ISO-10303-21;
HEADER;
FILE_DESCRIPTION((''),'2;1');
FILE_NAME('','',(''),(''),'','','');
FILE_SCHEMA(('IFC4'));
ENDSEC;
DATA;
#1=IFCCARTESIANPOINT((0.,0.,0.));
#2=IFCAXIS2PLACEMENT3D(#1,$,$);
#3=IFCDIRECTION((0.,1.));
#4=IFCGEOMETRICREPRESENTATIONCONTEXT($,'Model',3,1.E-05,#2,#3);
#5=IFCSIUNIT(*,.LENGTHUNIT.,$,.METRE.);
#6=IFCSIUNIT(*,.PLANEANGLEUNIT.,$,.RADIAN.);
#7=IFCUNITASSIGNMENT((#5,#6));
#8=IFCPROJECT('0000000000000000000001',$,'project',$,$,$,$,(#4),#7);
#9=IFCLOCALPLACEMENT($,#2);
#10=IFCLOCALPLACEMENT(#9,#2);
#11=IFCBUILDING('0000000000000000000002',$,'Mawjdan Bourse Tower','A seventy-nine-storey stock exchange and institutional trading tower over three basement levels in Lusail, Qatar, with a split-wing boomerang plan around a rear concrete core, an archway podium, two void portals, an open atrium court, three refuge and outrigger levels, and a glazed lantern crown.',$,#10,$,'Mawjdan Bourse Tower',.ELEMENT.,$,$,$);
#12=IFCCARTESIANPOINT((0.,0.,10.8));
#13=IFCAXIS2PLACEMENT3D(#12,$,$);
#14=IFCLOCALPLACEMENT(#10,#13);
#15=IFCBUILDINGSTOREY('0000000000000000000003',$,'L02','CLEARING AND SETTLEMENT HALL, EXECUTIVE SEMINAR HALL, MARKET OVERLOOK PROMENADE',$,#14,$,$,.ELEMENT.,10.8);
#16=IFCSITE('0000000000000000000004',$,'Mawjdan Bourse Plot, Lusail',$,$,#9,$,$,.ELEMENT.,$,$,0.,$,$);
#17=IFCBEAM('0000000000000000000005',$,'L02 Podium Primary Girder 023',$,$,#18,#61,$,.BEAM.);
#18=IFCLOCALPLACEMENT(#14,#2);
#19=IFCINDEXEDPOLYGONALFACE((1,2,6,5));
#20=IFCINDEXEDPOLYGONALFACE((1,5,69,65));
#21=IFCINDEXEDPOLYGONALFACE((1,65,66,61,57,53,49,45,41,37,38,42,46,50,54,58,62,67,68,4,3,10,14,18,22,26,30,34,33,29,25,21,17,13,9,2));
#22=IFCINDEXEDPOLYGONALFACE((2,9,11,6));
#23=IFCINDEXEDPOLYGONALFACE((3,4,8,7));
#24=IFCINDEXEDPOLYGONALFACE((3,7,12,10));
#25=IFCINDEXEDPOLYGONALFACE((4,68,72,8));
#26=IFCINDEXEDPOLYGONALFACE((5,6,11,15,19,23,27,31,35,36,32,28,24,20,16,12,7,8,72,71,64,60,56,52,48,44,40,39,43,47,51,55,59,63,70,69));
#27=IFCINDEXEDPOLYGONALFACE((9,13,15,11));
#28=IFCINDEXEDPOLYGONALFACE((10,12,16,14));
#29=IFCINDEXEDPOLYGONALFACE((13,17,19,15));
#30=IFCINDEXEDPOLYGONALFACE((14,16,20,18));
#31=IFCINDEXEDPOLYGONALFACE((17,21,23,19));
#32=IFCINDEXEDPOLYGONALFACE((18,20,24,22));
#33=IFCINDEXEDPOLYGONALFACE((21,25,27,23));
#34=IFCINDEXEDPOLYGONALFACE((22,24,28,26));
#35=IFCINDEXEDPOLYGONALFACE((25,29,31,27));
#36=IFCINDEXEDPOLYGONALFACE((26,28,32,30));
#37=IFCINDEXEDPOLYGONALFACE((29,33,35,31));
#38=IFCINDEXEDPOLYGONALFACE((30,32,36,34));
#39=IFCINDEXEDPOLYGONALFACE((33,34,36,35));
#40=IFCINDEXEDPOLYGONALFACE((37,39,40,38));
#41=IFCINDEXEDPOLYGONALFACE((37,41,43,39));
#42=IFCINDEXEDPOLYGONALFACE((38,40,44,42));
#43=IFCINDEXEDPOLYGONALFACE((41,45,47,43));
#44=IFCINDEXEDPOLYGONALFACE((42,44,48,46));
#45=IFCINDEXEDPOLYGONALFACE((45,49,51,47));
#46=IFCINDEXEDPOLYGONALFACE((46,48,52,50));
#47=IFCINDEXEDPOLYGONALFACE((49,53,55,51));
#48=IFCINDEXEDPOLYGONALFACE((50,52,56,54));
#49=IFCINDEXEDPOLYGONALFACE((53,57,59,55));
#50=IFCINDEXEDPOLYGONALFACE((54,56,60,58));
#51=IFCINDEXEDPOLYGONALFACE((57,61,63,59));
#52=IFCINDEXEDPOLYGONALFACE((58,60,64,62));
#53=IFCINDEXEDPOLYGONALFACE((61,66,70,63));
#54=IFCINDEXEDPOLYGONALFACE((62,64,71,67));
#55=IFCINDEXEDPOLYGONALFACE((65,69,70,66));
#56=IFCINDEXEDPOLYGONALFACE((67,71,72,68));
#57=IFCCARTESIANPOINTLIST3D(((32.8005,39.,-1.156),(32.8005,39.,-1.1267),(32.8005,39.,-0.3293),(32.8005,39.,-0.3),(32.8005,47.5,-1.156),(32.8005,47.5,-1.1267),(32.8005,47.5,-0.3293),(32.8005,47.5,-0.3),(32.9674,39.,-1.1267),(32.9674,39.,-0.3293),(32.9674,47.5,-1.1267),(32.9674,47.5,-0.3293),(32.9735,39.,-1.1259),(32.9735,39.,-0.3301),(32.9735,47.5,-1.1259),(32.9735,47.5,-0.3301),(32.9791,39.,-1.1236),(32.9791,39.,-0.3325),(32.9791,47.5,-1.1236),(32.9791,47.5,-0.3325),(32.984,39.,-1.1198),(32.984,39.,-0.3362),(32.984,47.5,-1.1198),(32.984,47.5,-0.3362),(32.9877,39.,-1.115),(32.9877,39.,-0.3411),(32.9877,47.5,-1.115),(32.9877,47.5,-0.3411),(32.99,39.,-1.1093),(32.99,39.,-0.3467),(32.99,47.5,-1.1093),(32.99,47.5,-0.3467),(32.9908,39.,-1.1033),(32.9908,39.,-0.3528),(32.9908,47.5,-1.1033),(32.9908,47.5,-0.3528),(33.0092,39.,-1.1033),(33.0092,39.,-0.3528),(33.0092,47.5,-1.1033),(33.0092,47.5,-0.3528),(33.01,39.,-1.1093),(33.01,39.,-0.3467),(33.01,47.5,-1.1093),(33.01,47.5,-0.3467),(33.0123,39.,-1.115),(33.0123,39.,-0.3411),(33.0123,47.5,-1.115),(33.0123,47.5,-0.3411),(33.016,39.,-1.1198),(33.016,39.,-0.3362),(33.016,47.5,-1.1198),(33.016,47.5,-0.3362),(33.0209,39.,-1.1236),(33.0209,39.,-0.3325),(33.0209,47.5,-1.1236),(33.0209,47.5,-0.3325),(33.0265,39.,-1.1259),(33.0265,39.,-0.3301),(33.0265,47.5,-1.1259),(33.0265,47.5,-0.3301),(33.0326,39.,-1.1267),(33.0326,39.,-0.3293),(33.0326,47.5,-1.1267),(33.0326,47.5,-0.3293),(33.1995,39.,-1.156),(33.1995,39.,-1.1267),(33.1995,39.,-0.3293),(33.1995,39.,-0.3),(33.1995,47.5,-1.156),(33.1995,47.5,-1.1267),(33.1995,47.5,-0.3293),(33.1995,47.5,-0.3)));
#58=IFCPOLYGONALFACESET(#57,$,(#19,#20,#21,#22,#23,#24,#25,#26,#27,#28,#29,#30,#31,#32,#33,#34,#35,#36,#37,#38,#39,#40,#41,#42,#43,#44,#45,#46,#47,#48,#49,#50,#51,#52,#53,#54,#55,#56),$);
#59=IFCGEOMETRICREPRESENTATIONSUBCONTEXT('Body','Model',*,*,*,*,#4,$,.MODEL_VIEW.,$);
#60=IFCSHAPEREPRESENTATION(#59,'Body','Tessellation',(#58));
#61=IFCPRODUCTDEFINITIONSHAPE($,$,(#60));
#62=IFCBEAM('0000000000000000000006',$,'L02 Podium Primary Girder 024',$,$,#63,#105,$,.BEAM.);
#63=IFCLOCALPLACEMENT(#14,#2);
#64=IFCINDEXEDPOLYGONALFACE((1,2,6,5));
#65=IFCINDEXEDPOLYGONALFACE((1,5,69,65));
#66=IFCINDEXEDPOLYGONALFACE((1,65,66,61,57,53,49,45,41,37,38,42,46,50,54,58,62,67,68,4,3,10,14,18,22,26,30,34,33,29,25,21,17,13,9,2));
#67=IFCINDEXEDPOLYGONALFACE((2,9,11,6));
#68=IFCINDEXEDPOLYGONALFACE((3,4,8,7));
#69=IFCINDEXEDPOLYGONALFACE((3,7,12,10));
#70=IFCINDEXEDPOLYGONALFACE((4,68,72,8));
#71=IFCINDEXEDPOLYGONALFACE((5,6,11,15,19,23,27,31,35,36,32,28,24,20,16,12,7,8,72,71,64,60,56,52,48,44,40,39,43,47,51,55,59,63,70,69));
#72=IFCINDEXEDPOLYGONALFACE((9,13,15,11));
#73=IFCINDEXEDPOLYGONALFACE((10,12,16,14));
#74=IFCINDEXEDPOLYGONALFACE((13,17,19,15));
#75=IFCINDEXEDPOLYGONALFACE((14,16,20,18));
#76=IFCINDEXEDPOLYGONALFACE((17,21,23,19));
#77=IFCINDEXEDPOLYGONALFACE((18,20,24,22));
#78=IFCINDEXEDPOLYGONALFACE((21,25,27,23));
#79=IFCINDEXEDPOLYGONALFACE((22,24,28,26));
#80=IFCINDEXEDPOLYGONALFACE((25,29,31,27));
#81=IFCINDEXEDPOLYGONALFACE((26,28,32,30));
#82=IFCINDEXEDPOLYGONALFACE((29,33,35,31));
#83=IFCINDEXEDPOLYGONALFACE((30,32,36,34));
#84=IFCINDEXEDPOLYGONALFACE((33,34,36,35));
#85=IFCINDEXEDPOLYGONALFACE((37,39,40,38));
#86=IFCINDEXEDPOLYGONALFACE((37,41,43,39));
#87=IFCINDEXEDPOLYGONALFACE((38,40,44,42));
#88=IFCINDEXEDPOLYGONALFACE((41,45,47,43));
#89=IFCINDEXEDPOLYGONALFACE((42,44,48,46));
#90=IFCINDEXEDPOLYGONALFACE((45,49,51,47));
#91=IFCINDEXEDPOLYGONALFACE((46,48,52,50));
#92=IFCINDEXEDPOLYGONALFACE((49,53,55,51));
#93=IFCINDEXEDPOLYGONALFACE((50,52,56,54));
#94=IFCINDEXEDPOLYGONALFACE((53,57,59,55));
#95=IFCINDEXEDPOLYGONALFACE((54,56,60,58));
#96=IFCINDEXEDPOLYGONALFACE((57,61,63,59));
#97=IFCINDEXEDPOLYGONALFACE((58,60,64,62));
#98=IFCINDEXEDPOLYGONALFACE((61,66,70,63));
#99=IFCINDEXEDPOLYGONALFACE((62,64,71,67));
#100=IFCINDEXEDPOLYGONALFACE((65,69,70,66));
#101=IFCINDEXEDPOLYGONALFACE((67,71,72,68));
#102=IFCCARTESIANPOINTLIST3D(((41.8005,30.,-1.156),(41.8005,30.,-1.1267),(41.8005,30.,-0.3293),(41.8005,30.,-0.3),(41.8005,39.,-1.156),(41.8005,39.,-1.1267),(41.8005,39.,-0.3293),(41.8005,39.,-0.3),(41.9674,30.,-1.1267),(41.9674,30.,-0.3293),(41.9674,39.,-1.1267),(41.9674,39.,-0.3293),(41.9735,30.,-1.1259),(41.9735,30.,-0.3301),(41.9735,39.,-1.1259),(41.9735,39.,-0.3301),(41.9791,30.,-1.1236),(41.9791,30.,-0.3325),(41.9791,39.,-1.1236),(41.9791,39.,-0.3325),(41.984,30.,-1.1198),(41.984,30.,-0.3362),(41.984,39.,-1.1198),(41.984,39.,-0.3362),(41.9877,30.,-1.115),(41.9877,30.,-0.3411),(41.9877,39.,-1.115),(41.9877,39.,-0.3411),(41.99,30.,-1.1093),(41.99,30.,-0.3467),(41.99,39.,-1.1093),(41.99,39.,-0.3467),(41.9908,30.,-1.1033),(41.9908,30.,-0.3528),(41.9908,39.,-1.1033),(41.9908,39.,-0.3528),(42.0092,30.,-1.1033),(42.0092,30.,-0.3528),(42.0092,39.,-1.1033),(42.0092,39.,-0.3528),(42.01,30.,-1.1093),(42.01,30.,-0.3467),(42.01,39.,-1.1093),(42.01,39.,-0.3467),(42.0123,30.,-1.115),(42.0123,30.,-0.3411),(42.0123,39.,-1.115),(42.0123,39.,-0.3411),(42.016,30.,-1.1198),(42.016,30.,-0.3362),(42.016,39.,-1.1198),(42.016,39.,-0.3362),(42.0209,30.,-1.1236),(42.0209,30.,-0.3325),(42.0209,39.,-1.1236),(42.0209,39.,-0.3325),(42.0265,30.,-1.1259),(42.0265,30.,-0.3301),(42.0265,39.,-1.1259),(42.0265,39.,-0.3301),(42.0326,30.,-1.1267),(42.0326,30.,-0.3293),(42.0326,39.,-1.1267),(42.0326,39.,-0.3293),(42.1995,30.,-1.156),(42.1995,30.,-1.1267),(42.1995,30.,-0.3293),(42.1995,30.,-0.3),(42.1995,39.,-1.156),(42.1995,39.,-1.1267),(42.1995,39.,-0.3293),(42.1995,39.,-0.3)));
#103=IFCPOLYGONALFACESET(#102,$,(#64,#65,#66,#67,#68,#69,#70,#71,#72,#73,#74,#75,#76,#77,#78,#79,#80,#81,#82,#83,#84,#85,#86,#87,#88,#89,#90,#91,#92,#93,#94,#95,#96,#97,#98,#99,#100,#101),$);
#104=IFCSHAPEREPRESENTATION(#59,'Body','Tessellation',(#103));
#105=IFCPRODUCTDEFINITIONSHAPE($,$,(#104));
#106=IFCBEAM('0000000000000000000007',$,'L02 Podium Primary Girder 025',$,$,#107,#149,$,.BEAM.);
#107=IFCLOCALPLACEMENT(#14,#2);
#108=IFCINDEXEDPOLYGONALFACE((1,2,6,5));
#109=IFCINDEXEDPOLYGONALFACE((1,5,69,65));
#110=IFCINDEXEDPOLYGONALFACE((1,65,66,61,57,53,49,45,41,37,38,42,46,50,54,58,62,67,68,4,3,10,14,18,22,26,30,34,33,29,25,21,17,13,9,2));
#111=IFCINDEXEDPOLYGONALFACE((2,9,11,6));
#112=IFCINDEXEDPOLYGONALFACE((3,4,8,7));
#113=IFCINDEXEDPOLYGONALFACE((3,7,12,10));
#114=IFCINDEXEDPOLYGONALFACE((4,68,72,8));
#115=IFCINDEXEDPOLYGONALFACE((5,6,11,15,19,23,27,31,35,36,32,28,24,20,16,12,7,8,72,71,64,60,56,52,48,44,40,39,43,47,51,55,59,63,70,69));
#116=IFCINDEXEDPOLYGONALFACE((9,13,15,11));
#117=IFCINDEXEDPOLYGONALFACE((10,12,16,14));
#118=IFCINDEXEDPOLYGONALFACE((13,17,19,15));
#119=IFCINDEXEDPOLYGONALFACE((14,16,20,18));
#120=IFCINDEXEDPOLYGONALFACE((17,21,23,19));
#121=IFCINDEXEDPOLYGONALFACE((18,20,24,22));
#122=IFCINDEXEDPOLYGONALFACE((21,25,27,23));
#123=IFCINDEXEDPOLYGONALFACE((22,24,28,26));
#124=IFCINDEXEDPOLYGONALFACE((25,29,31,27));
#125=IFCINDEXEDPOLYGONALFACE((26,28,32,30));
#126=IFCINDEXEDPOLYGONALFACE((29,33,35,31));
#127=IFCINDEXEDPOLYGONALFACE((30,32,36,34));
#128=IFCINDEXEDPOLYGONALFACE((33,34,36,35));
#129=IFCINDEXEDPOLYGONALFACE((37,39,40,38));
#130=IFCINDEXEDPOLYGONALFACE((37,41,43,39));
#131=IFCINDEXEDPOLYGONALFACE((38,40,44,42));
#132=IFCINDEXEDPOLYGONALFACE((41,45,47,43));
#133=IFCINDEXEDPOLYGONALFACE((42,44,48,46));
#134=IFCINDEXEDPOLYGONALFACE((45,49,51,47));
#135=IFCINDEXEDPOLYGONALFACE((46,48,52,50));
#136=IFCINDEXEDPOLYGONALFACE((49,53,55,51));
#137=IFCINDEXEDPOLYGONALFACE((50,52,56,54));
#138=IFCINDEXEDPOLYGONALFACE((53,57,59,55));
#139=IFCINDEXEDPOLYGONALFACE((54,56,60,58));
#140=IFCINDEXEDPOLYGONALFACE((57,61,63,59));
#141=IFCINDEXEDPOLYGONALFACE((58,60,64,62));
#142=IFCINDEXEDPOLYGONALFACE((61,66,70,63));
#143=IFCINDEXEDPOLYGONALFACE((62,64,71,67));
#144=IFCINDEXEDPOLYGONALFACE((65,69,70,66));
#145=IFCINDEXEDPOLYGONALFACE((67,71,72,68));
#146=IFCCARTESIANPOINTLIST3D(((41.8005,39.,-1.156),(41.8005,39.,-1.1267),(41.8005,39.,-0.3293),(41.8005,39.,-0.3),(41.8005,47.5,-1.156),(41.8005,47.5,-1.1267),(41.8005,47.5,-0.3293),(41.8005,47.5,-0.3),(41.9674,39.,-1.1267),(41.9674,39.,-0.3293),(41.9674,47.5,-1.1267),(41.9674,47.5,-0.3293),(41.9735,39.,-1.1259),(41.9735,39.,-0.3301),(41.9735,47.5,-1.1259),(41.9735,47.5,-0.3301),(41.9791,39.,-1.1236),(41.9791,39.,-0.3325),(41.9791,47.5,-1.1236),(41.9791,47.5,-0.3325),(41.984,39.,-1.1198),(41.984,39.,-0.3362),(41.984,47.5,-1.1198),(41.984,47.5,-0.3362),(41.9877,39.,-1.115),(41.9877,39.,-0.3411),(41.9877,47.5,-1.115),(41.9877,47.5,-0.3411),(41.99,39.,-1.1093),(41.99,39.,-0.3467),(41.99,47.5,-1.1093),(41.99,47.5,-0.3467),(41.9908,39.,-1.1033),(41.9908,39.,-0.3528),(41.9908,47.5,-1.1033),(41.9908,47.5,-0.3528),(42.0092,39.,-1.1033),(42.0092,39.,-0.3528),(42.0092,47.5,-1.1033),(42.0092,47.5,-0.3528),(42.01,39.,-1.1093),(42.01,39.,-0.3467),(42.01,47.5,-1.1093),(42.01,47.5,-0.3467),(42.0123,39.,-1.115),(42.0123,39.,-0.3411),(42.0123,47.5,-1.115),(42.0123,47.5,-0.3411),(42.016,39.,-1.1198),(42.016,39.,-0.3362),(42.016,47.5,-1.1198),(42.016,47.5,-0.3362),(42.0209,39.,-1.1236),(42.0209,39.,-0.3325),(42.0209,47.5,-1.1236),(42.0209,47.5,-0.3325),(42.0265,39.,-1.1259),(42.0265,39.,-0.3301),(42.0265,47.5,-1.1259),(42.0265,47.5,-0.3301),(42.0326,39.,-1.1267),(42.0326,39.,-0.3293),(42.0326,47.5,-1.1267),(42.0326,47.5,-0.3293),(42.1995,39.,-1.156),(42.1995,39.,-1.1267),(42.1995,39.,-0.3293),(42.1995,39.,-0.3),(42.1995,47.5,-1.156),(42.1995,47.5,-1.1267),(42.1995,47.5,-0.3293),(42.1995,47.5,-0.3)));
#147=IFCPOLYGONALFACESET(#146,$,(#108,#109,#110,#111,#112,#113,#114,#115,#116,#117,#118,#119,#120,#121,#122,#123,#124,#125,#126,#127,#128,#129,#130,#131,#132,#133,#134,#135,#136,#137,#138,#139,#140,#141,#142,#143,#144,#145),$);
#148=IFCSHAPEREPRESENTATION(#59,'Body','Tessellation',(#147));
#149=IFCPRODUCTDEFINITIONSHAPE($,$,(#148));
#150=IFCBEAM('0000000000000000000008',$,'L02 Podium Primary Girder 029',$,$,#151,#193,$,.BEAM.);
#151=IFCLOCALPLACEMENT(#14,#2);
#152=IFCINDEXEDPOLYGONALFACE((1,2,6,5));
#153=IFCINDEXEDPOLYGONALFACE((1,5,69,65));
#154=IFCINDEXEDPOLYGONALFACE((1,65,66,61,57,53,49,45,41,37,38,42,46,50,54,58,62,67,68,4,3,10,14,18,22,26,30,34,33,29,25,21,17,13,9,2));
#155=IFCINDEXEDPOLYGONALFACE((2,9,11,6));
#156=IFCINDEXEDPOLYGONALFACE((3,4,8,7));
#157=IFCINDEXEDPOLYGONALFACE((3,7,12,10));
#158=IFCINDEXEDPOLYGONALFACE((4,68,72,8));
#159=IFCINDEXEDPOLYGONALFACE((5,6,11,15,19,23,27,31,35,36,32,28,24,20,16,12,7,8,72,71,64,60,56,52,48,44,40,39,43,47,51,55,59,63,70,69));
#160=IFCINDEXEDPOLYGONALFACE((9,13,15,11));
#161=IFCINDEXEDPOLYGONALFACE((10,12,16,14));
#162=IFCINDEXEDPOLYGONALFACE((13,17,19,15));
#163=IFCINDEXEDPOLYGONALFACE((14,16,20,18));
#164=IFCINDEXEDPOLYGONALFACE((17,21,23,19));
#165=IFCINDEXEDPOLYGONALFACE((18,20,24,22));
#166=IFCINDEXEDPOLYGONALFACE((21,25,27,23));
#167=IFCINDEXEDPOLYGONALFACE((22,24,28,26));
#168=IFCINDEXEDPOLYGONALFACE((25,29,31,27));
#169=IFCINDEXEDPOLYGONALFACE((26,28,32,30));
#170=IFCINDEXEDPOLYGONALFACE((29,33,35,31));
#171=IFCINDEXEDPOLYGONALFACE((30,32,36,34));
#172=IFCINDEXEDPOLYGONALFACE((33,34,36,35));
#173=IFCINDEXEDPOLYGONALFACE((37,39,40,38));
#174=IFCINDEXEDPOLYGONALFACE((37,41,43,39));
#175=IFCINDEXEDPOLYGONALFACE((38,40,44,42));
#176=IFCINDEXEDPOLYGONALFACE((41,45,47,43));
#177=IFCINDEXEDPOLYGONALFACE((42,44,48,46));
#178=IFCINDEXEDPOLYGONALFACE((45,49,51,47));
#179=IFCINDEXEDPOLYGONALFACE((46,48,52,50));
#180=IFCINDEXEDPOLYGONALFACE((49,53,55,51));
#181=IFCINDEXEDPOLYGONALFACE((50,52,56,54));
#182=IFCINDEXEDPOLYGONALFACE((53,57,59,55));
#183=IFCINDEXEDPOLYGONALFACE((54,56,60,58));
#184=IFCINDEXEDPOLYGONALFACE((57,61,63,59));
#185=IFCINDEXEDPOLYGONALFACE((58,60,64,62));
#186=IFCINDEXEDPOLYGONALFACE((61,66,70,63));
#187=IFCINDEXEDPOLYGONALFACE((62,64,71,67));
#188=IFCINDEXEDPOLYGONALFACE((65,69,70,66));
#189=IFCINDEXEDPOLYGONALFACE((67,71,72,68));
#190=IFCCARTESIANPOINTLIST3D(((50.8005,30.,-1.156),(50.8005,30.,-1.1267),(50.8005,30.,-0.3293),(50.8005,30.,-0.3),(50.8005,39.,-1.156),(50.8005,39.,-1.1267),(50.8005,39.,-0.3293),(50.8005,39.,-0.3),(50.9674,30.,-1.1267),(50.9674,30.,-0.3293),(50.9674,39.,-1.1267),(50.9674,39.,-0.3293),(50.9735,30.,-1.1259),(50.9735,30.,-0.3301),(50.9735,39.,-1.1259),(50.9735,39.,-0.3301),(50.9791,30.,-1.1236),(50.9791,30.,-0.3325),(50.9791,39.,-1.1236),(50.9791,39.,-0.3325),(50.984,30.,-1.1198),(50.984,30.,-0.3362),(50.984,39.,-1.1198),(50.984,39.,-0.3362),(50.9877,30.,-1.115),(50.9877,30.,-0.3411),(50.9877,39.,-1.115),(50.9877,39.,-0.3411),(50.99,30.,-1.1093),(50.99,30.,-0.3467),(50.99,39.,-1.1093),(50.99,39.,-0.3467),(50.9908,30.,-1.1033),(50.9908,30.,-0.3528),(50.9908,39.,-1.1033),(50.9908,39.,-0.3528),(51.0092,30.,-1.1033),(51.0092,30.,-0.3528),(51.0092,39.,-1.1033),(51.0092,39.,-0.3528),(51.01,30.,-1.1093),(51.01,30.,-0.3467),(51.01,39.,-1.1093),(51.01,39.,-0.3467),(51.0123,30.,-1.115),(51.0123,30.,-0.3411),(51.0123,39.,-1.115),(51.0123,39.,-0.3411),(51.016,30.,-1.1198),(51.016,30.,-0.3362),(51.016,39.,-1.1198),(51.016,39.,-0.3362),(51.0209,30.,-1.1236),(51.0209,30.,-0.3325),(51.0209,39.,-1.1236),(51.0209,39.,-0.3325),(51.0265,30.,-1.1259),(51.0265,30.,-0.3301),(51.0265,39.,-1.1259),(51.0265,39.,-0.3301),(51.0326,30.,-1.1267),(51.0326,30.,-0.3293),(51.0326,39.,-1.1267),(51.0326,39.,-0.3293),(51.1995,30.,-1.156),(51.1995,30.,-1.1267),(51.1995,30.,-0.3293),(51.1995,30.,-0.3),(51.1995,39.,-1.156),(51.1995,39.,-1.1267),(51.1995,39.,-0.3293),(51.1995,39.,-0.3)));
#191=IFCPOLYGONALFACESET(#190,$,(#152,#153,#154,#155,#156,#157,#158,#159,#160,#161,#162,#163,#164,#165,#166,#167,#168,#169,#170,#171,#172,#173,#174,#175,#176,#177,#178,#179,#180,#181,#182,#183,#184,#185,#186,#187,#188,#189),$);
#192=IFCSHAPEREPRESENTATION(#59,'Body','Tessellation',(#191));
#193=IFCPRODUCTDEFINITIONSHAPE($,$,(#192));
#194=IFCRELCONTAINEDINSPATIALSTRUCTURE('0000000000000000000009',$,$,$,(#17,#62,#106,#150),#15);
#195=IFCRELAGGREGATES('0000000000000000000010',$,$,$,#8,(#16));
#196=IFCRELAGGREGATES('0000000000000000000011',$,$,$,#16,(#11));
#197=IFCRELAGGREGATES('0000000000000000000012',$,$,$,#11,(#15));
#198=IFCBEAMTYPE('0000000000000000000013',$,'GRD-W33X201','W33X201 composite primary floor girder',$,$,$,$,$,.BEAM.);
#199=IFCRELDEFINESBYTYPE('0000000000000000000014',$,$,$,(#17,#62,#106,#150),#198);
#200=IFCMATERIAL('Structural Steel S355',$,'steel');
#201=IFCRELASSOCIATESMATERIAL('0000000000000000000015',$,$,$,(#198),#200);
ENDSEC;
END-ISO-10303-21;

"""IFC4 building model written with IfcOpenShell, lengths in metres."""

from ifc_helpers import new_model, si_unit, direction, frame, origin, origin_2d, place, context, subcontext, project, spatial, i_section, extrude, material, material_profile, profile_set, type_object, element, save


model = new_model("IFC4")

# Units and contexts
model_context = context("Model", 3, precision=1e-05, world=origin(), true_north=direction((0.0, 1.0)))
body_context = subcontext(model_context, "Body", "Model", "MODEL_VIEW")
ifc_project = project(units=[si_unit("LENGTHUNIT", "METRE"), si_unit("PLANEANGLEUNIT", "RADIAN")], contexts=[model_context])

# Site, building, storey
site_placement = place(None, origin())
site = spatial("IfcSite", under=ifc_project, at=site_placement, Name="Mawjdan Bourse Plot, Lusail", CompositionType="ELEMENT", RefElevation=0.0)
building_placement = place(site_placement, origin())
building = spatial("IfcBuilding", under=site, at=building_placement, Name="Mawjdan Bourse Tower", Description="A seventy-nine-storey stock exchange and institutional trading tower over three basement levels in Lusail, Qatar, with a split-wing boomerang plan around a rear concrete core, an archway podium, two void portals, an open atrium court, three refuge and outrigger levels, and a glazed lantern crown.", LongName="Mawjdan Bourse Tower", CompositionType="ELEMENT")
storey_placement = place(building_placement, frame((0.0, 0.0, 10.8)))
storey = spatial("IfcBuildingStorey", under=building, at=storey_placement, Name="L02", Description="CLEARING AND SETTLEMENT HALL, EXECUTIVE SEMINAR HALL, MARKET OVERLOOK PROMENADE", CompositionType="ELEMENT", Elevation=10.8)

# Beams
ifc_material_1 = material(Name="Structural Steel S355", Category="steel")
ifc_material_profile_1 = material_profile(ifc_material_1, i_section(OverallWidth=0.3989, OverallDepth=0.856, WebThickness=0.0183, FlangeThickness=0.0293, FilletRadius=0.0234, at=origin_2d()), Name="W33X201")
ifc_profile_set_1 = profile_set([ifc_material_profile_1], Name="Structural Steel S355")
beam_type_1 = type_object("IfcBeamType", Name="GRD-W33X201", Description="W33X201 composite primary floor girder", PredefinedType="BEAM", material=ifc_profile_set_1)
beam_1_placement = place(storey_placement, frame((33.0, 39.0, -0.728), z_axis=(0.0, 1.0, 0.0), x_axis=(-1.0, 0.0, 0.0)))
element("IfcBeam", 1, at=beam_1_placement, inside=storey, type_object=beam_type_1, Name="L02 Podium Primary Girder 023", PredefinedType="BEAM", context=body_context, shape_type="SweptSolid", body=[
    extrude(i_section(OverallWidth=0.3989, OverallDepth=0.856, WebThickness=0.0183, FlangeThickness=0.0293, FilletRadius=0.0234, at=origin_2d()), origin(), (0.0, 0.0, 1.0), 8.5),
])
beam_2_placement = place(storey_placement, frame((42.0, 30.0, -0.728), z_axis=(0.0, 1.0, 0.0), x_axis=(-1.0, 0.0, 0.0)))
element("IfcBeam", 2, at=beam_2_placement, inside=storey, type_object=beam_type_1, Name="L02 Podium Primary Girder 024", PredefinedType="BEAM", context=body_context, shape_type="SweptSolid", body=[
    extrude(i_section(OverallWidth=0.3989, OverallDepth=0.856, WebThickness=0.0183, FlangeThickness=0.0293, FilletRadius=0.0234, at=origin_2d()), origin(), (0.0, 0.0, 1.0), 9.0),
])
beam_3_placement = place(storey_placement, frame((42.0, 39.0, -0.728), z_axis=(0.0, 1.0, 0.0), x_axis=(-1.0, 0.0, 0.0)))
element("IfcBeam", 3, at=beam_3_placement, inside=storey, type_object=beam_type_1, Name="L02 Podium Primary Girder 025", PredefinedType="BEAM", context=body_context, shape_type="SweptSolid", body=[
    extrude(i_section(OverallWidth=0.3989, OverallDepth=0.856, WebThickness=0.0183, FlangeThickness=0.0293, FilletRadius=0.0234, at=origin_2d()), origin(), (0.0, 0.0, 1.0), 8.5),
])
for number, where, z_axis, x_axis, name in (
    (4, (51.0, 30.0, -0.728), (0.0, 1.0, 0.0), (-1.0, 0.0, 0.0), "L02 Podium Primary Girder 029"),
):
    element("IfcBeam", number, at=place(storey_placement, frame(where, z_axis=z_axis, x_axis=x_axis)), inside=storey, type_object=beam_type_1, Name=name, PredefinedType="BEAM", context=body_context, shape_type="SweptSolid", body=[
        extrude(i_section(OverallWidth=0.3989, OverallDepth=0.856, WebThickness=0.0183, FlangeThickness=0.0293, FilletRadius=0.0234, at=origin_2d()), origin(), (0.0, 0.0, 1.0), 9.0),
    ])

save(model, "model.ifc")
